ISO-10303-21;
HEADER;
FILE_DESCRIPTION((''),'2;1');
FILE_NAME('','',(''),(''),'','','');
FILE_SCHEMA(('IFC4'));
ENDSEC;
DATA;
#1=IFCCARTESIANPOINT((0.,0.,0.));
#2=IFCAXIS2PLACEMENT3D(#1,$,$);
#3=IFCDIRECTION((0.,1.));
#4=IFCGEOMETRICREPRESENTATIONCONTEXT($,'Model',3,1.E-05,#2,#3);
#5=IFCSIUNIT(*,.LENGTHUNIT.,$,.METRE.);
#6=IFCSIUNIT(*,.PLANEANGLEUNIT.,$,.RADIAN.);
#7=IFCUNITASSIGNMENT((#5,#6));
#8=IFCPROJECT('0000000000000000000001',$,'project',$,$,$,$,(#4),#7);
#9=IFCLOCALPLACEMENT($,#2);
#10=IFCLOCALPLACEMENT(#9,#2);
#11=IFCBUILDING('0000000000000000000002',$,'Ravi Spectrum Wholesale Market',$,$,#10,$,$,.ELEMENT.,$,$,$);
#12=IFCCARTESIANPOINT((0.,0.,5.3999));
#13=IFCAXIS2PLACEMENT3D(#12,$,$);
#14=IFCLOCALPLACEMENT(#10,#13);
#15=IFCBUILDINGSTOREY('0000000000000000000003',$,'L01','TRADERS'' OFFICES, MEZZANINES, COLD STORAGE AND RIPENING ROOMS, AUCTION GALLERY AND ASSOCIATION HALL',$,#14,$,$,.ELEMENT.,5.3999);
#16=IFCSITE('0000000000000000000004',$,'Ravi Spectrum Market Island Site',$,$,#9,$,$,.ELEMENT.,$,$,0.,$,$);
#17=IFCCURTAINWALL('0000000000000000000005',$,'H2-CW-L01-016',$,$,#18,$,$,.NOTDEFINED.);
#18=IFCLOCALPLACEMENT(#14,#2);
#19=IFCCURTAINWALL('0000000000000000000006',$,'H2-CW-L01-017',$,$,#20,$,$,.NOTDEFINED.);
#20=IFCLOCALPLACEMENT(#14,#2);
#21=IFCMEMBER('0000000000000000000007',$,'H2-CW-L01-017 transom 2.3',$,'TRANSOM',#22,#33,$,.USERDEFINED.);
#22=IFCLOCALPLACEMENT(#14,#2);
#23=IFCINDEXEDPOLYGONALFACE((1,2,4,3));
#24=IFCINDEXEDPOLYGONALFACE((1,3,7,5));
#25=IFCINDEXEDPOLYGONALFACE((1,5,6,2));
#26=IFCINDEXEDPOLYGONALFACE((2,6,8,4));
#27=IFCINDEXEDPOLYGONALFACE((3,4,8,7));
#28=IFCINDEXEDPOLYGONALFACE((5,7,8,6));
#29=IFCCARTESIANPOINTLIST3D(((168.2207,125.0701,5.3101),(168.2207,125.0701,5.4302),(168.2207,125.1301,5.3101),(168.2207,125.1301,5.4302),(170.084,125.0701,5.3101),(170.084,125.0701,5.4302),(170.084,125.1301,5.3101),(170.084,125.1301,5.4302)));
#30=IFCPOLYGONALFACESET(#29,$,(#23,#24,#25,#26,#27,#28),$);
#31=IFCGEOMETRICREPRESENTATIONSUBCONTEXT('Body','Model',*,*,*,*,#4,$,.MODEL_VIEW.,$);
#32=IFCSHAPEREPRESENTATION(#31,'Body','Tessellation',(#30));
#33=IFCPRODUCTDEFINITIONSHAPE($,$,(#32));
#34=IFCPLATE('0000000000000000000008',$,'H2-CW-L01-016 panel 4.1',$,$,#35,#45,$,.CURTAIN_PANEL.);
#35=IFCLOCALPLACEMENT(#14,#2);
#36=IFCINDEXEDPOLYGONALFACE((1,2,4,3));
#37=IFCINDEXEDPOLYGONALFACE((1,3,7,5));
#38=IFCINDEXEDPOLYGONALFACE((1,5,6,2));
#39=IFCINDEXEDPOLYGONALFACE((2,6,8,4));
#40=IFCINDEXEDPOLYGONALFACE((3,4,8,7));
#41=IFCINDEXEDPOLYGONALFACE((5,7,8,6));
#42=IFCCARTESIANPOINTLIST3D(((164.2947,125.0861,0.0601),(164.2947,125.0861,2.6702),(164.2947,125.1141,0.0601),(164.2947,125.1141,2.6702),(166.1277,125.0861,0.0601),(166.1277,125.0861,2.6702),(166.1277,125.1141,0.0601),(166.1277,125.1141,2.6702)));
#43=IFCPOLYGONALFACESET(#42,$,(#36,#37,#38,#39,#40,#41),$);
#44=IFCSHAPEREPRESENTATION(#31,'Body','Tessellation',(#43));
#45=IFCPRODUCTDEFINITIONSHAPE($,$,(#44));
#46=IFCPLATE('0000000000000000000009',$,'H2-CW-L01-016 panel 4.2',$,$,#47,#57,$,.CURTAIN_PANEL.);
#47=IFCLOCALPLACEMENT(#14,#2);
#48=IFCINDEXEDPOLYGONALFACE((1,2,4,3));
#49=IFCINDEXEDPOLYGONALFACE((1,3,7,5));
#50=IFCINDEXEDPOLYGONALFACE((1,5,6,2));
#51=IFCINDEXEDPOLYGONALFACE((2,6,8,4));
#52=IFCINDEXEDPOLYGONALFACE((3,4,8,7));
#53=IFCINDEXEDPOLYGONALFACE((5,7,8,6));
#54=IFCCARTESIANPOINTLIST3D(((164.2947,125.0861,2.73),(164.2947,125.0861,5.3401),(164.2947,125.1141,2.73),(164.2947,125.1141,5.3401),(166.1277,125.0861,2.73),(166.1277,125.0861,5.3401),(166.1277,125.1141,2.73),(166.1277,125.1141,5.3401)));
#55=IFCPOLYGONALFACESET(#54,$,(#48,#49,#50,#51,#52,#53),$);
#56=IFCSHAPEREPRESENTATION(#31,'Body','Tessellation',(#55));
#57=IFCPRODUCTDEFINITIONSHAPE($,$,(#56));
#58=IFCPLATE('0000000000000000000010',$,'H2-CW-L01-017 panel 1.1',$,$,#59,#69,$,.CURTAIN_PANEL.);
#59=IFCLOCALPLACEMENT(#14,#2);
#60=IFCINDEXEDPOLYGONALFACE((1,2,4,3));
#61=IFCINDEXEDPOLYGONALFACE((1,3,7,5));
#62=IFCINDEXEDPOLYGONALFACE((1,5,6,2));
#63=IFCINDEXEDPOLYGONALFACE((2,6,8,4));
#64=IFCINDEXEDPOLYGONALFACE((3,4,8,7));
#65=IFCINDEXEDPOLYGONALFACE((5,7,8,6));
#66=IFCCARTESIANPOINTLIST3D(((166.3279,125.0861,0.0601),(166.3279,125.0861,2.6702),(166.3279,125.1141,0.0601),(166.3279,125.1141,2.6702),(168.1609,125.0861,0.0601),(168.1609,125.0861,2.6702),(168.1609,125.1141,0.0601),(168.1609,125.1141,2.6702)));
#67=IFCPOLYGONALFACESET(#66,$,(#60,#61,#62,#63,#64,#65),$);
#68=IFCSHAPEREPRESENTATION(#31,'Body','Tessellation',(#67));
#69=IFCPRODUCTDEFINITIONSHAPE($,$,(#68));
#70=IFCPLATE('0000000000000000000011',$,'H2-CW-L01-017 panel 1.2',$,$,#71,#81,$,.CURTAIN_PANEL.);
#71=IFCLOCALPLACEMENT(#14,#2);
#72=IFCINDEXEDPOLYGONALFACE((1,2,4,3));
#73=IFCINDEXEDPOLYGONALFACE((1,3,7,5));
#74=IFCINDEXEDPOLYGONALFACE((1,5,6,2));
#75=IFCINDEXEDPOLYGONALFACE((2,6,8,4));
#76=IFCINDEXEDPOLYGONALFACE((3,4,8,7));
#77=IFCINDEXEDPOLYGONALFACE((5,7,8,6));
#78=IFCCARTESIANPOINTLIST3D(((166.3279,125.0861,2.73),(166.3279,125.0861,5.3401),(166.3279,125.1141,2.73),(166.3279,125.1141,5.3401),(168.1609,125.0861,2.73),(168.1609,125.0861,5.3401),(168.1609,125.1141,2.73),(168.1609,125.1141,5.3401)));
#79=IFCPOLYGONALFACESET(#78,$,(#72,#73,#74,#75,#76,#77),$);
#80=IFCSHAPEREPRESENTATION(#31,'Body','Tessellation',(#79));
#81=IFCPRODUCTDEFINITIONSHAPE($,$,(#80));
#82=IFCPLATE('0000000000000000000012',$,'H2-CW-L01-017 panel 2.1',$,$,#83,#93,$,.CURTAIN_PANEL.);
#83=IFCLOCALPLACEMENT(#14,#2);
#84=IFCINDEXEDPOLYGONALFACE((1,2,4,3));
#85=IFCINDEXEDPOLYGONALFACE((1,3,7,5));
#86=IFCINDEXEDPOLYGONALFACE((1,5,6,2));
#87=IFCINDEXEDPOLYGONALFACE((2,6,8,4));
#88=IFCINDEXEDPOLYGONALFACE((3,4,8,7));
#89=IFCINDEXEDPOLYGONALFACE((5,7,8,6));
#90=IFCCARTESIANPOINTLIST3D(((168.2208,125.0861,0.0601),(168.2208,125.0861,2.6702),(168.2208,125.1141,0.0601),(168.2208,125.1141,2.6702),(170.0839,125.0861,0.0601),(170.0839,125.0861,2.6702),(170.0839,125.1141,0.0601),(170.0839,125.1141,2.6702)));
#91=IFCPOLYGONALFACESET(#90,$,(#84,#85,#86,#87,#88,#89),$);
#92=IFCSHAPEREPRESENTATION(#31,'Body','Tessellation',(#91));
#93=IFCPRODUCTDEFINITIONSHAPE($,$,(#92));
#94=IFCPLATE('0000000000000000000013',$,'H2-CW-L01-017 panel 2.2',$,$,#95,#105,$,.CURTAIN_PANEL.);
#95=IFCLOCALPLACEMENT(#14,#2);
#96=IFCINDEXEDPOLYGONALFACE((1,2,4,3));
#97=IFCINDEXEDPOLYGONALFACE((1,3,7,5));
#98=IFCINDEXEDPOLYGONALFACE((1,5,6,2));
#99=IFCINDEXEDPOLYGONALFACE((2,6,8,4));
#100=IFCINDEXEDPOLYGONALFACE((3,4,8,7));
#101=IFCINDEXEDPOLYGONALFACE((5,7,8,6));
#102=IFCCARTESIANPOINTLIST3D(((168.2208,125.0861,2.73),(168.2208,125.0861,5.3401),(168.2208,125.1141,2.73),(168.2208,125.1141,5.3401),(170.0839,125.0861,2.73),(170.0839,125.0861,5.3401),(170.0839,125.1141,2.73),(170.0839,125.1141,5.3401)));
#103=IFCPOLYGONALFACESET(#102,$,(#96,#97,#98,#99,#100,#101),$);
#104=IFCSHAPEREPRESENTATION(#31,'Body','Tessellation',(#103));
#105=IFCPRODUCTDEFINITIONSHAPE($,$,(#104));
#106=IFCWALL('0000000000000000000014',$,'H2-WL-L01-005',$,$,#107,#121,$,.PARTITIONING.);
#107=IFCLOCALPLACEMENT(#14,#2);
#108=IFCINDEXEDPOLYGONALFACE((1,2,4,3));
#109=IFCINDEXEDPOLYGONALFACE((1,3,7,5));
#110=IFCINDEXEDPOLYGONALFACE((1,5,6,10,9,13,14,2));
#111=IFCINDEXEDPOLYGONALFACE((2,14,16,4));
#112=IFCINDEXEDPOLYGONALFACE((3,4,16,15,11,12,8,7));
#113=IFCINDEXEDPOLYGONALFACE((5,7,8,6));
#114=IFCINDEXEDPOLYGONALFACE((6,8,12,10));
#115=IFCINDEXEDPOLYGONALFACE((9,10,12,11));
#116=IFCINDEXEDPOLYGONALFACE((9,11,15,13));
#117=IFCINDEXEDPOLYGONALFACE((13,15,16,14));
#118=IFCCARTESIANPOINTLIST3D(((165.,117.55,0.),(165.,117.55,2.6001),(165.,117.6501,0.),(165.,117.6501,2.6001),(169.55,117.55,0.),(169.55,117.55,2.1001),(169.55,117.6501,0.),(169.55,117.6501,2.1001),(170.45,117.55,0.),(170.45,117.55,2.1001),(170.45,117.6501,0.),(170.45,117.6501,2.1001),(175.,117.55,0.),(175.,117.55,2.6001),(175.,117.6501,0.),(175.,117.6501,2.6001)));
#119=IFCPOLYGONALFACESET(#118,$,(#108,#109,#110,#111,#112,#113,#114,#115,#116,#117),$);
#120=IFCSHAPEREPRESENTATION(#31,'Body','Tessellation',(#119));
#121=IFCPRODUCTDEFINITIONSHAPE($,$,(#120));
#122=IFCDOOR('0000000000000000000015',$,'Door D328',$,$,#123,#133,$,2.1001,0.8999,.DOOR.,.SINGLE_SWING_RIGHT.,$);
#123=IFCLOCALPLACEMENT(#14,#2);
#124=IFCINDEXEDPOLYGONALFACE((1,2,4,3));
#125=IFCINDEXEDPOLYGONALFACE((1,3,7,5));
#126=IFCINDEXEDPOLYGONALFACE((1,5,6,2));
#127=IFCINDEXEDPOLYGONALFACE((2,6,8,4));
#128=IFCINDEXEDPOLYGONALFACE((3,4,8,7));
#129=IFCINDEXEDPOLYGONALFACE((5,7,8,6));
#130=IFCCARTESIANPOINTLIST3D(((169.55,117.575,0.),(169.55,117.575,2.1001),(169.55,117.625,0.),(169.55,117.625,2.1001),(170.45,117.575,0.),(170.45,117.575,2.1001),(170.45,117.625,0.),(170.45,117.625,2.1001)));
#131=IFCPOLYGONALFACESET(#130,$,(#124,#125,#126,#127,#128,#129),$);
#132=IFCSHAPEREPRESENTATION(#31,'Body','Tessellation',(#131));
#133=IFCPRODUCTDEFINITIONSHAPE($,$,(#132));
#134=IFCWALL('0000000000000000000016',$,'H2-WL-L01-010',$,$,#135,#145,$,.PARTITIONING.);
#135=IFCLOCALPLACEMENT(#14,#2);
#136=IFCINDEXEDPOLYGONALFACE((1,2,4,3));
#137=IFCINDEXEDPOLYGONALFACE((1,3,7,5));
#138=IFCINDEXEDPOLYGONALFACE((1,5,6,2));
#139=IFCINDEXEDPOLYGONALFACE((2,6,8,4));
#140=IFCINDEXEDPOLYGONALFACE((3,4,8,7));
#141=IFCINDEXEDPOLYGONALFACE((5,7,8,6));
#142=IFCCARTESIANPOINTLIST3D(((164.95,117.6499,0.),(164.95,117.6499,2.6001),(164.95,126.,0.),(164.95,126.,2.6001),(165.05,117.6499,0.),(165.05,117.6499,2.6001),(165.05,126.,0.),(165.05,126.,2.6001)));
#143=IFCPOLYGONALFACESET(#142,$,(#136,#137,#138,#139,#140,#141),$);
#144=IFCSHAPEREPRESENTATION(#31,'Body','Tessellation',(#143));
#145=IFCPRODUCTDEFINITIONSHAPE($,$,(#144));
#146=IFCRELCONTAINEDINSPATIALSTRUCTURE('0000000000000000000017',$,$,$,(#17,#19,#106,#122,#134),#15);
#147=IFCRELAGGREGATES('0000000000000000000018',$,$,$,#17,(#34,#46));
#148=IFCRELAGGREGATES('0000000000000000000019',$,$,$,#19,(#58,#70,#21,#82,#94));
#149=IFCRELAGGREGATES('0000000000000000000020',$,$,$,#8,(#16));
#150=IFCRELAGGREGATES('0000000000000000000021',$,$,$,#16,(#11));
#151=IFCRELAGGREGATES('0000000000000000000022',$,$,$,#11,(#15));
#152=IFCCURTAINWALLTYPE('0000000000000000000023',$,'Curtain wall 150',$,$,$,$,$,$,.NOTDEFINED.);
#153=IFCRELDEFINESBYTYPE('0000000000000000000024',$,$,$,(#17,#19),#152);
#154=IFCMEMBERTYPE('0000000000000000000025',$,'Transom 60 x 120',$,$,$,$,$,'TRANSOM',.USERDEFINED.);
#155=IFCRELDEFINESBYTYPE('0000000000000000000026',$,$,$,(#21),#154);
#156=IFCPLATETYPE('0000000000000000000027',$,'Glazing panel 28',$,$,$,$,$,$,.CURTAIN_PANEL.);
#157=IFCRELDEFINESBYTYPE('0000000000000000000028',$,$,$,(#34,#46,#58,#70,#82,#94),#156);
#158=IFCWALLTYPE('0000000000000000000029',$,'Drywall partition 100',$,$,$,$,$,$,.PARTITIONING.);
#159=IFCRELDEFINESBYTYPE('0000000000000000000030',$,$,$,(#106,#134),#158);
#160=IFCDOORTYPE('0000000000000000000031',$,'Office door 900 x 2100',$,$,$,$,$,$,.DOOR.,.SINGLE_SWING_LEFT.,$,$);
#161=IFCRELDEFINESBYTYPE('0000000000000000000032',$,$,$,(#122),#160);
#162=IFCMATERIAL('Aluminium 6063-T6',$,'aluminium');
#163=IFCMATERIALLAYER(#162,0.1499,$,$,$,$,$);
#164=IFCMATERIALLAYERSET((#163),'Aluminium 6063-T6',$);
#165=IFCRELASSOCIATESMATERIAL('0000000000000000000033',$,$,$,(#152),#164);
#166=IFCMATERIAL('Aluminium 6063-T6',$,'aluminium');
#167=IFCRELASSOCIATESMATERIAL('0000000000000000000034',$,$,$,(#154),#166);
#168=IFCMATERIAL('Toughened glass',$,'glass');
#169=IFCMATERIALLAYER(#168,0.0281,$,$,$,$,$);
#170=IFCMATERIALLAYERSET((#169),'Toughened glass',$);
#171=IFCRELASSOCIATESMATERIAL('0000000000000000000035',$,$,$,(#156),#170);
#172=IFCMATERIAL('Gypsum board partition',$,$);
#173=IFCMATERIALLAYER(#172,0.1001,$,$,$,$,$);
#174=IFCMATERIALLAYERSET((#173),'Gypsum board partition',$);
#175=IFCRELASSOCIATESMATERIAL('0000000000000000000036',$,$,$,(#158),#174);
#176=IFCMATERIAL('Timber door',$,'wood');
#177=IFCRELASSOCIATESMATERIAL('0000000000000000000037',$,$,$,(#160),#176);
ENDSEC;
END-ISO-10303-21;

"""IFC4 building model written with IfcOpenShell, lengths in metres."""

from ifc_helpers import new_model, si_unit, direction, frame, frame_2d, origin, origin_2d, place, context, subcontext, project, spatial, rectangle, extrude, material, layer, layer_set, material_profile, profile_set, type_object, element, fill, aggregate, save


model = new_model("IFC4")

# Units and contexts
model_context = context("Model", 3, precision=1e-05, world=origin(), true_north=direction((0.0, 1.0)))
body_context = subcontext(model_context, "Body", "Model", "MODEL_VIEW")
ifc_project = project(units=[si_unit("LENGTHUNIT", "METRE"), si_unit("PLANEANGLEUNIT", "RADIAN")], contexts=[model_context])

# Site, building, storey
site_placement = place(None, origin())
site = spatial("IfcSite", under=ifc_project, at=site_placement, Name="Ravi Spectrum Market Island Site", CompositionType="ELEMENT", RefElevation=0.0)
building_placement = place(site_placement, origin())
building = spatial("IfcBuilding", under=site, at=building_placement, Name="Ravi Spectrum Wholesale Market", CompositionType="ELEMENT")
storey_placement = place(building_placement, frame((0.0, 0.0, 5.3999)))
storey = spatial("IfcBuildingStorey", under=building, at=storey_placement, Name="L01", Description="TRADERS' OFFICES, MEZZANINES, COLD STORAGE AND RIPENING ROOMS, AUCTION GALLERY AND ASSOCIATION HALL", CompositionType="ELEMENT", Elevation=5.3999)

# Curtain wall
ifc_material_1 = material(Name="Aluminium 6063-T6", Category="aluminium")
ifc_layer_1 = layer(ifc_material_1, 0.1499)
ifc_layer_set_1 = layer_set([ifc_layer_1], Name="Aluminium 6063-T6")
curtain_wall_type = type_object("IfcCurtainWallType", Name="Curtain wall 150", PredefinedType="NOTDEFINED", material=ifc_layer_set_1)
curtain_wall_1_placement = place(storey_placement, origin())
curtain_wall_1 = element("IfcCurtainWall", 1, at=curtain_wall_1_placement, inside=storey, type_object=curtain_wall_type, Name="H2-CW-L01-016", PredefinedType="NOTDEFINED")

# Curtain wall
curtain_wall_2_placement = place(storey_placement, origin())
curtain_wall_2 = element("IfcCurtainWall", 2, at=curtain_wall_2_placement, inside=storey, type_object=curtain_wall_type, Name="H2-CW-L01-017", PredefinedType="NOTDEFINED")

# Member
ifc_material_2 = material(Name="Aluminium 6063-T6", Category="aluminium")
ifc_material_profile_1 = material_profile(ifc_material_2, rectangle(XDim=0.0601, YDim=0.1201, at=origin_2d()))
ifc_profile_set_1 = profile_set([ifc_material_profile_1], Name="Aluminium 6063-T6")
member_type_1 = type_object("IfcMemberType", Name="Transom 60 x 120", ElementType="TRANSOM", PredefinedType="USERDEFINED", material=ifc_profile_set_1)
member_1_placement = place(storey_placement, frame((168.2207, 125.1001, 5.3701), z_axis=(1.0, 0.0, 0.0), x_axis=(0.0, 1.0, 0.0)))
member_1 = element("IfcMember", 3, at=member_1_placement, type_object=member_type_1, Name="H2-CW-L01-017 transom 2.3", ObjectType="TRANSOM", PredefinedType="USERDEFINED", context=body_context, shape_type="SweptSolid", body=[
    extrude(rectangle(XDim=0.0601, YDim=0.1201, at=origin_2d()), origin(), (0.0, 0.0, 1.0), 1.8633),
])

# Plates
ifc_material_3 = material(Name="Toughened glass", Category="glass")
ifc_layer_2 = layer(ifc_material_3, 0.0281)
ifc_layer_set_2 = layer_set([ifc_layer_2], Name="Toughened glass")
plate_type = type_object("IfcPlateType", Name="Glazing panel 28", PredefinedType="CURTAIN_PANEL", material=ifc_layer_set_2)
plate_1_placement = place(storey_placement, frame((165.2112, 125.1001, 0.0601), z_axis=(0.0, 0.0, 1.0), x_axis=(1.0, 0.0, 0.0)))
plate_1 = element("IfcPlate", 4, at=plate_1_placement, type_object=plate_type, Name="H2-CW-L01-016 panel 4.1", PredefinedType="CURTAIN_PANEL", context=body_context, shape_type="SweptSolid", body=[
    extrude(rectangle(XDim=1.833, YDim=0.0281, at=origin_2d()), origin(), (0.0, 0.0, 1.0), 2.6101),
])
plate_2_placement = place(storey_placement, frame((165.2112, 125.1001, 2.73), z_axis=(0.0, 0.0, 1.0), x_axis=(1.0, 0.0, 0.0)))
plate_2 = element("IfcPlate", 5, at=plate_2_placement, type_object=plate_type, Name="H2-CW-L01-016 panel 4.2", PredefinedType="CURTAIN_PANEL", context=body_context, shape_type="SweptSolid", body=[
    extrude(rectangle(XDim=1.833, YDim=0.0281, at=origin_2d()), origin(), (0.0, 0.0, 1.0), 2.6101),
])
aggregate(curtain_wall_1, [plate_1, plate_2])
plate_3_placement = place(storey_placement, frame((167.2444, 125.1001, 0.0601), z_axis=(0.0, 0.0, 1.0), x_axis=(1.0, 0.0, 0.0)))
plate_3 = element("IfcPlate", 6, at=plate_3_placement, type_object=plate_type, Name="H2-CW-L01-017 panel 1.1", PredefinedType="CURTAIN_PANEL", context=body_context, shape_type="SweptSolid", body=[
    extrude(rectangle(XDim=1.833, YDim=0.0281, at=origin_2d()), origin(), (0.0, 0.0, 1.0), 2.6101),
])
plate_4_placement = place(storey_placement, frame((167.2444, 125.1001, 2.73), z_axis=(0.0, 0.0, 1.0), x_axis=(1.0, 0.0, 0.0)))
plate_4 = element("IfcPlate", 7, at=plate_4_placement, type_object=plate_type, Name="H2-CW-L01-017 panel 1.2", PredefinedType="CURTAIN_PANEL", context=body_context, shape_type="SweptSolid", body=[
    extrude(rectangle(XDim=1.833, YDim=0.0281, at=origin_2d()), origin(), (0.0, 0.0, 1.0), 2.6101),
])
plate_5_placement = place(storey_placement, frame((169.1523, 125.1001, 0.0601), z_axis=(0.0, 0.0, 1.0), x_axis=(1.0, 0.0, 0.0)))
plate_5 = element("IfcPlate", 8, at=plate_5_placement, type_object=plate_type, Name="H2-CW-L01-017 panel 2.1", PredefinedType="CURTAIN_PANEL", context=body_context, shape_type="SweptSolid", body=[
    extrude(rectangle(XDim=1.863, YDim=0.0281, at=origin_2d()), origin(), (0.0, 0.0, 1.0), 2.6101),
])
plate_6_placement = place(storey_placement, frame((169.1523, 125.1001, 2.73), z_axis=(0.0, 0.0, 1.0), x_axis=(1.0, 0.0, 0.0)))
plate_6 = element("IfcPlate", 9, at=plate_6_placement, type_object=plate_type, Name="H2-CW-L01-017 panel 2.2", PredefinedType="CURTAIN_PANEL", context=body_context, shape_type="SweptSolid", body=[
    extrude(rectangle(XDim=1.863, YDim=0.0281, at=origin_2d()), origin(), (0.0, 0.0, 1.0), 2.6101),
])
aggregate(curtain_wall_2, [plate_3, plate_4, member_1, plate_5, plate_6])

# Wall, opening, door
ifc_material_4 = material(Name="Gypsum board partition")
ifc_layer_3 = layer(ifc_material_4, 0.1001)
ifc_layer_set_3 = layer_set([ifc_layer_3], Name="Gypsum board partition")
wall_type = type_object("IfcWallType", Name="Drywall partition 100", PredefinedType="PARTITIONING", material=ifc_layer_set_3)
wall_1_placement = place(storey_placement, frame((165.0, 117.6001, 0.0), z_axis=(0.0, 0.0, 1.0), x_axis=(1.0, 0.0, 0.0)))
wall_1 = element("IfcWall", 10, at=wall_1_placement, inside=storey, type_object=wall_type, Name="H2-WL-L01-005", PredefinedType="PARTITIONING", context=body_context, shape_type="SweptSolid", body=[
    extrude(rectangle(XDim=10.0, YDim=0.1001, at=frame_2d((5.0, 0.0))), origin(), (0.0, 0.0, 1.0), 2.6001),
])
opening_placement = place(wall_1_placement, frame((4.55, 0.0, 0.0)))
opening = element("IfcOpeningElement", 11, at=opening_placement, cuts=wall_1, PredefinedType="OPENING", context=body_context, shape_type="SweptSolid", body=[
    extrude(rectangle(XDim=0.8999, YDim=2.1001, at=frame_2d((0.45, 1.05))), frame((0.0, 0.0601, 0.0), z_axis=(0.0, -1.0, 0.0), x_axis=(1.0, 0.0, 0.0)), (0.0, 0.0, 1.0), 0.1201),
])
ifc_material_5 = material(Name="Timber door", Category="wood")
door_type = type_object("IfcDoorType", Name="Office door 900 x 2100", OperationType="SINGLE_SWING_LEFT", PredefinedType="DOOR", material=ifc_material_5)
door_placement = place(opening_placement, origin())
door = element("IfcDoor", 12, at=door_placement, inside=storey, type_object=door_type, Name="Door D328", OperationType="SINGLE_SWING_RIGHT", OverallHeight=2.1001, OverallWidth=0.8999, PredefinedType="DOOR", context=body_context, shape_type="SweptSolid", body=[
    extrude(rectangle(XDim=0.8999, YDim=2.1001, at=frame_2d((0.45, 1.05))), frame((0.0, 0.0249, 0.0), z_axis=(0.0, -1.0, 0.0), x_axis=(1.0, 0.0, 0.0)), (0.0, 0.0, 1.0), 0.05),
])
fill(opening, door)

# Wall
wall_2_placement = place(storey_placement, frame((165.0, 117.6499, 0.0), z_axis=(0.0, 0.0, 1.0), x_axis=(0.0, 1.0, 0.0)))
element("IfcWall", 13, at=wall_2_placement, inside=storey, type_object=wall_type, Name="H2-WL-L01-010", PredefinedType="PARTITIONING", context=body_context, shape_type="SweptSolid", body=[
    extrude(rectangle(XDim=8.3501, YDim=0.1001, at=frame_2d((4.175, 0.0))), origin(), (0.0, 0.0, 1.0), 2.6001),
])

save(model, "model.ifc")
